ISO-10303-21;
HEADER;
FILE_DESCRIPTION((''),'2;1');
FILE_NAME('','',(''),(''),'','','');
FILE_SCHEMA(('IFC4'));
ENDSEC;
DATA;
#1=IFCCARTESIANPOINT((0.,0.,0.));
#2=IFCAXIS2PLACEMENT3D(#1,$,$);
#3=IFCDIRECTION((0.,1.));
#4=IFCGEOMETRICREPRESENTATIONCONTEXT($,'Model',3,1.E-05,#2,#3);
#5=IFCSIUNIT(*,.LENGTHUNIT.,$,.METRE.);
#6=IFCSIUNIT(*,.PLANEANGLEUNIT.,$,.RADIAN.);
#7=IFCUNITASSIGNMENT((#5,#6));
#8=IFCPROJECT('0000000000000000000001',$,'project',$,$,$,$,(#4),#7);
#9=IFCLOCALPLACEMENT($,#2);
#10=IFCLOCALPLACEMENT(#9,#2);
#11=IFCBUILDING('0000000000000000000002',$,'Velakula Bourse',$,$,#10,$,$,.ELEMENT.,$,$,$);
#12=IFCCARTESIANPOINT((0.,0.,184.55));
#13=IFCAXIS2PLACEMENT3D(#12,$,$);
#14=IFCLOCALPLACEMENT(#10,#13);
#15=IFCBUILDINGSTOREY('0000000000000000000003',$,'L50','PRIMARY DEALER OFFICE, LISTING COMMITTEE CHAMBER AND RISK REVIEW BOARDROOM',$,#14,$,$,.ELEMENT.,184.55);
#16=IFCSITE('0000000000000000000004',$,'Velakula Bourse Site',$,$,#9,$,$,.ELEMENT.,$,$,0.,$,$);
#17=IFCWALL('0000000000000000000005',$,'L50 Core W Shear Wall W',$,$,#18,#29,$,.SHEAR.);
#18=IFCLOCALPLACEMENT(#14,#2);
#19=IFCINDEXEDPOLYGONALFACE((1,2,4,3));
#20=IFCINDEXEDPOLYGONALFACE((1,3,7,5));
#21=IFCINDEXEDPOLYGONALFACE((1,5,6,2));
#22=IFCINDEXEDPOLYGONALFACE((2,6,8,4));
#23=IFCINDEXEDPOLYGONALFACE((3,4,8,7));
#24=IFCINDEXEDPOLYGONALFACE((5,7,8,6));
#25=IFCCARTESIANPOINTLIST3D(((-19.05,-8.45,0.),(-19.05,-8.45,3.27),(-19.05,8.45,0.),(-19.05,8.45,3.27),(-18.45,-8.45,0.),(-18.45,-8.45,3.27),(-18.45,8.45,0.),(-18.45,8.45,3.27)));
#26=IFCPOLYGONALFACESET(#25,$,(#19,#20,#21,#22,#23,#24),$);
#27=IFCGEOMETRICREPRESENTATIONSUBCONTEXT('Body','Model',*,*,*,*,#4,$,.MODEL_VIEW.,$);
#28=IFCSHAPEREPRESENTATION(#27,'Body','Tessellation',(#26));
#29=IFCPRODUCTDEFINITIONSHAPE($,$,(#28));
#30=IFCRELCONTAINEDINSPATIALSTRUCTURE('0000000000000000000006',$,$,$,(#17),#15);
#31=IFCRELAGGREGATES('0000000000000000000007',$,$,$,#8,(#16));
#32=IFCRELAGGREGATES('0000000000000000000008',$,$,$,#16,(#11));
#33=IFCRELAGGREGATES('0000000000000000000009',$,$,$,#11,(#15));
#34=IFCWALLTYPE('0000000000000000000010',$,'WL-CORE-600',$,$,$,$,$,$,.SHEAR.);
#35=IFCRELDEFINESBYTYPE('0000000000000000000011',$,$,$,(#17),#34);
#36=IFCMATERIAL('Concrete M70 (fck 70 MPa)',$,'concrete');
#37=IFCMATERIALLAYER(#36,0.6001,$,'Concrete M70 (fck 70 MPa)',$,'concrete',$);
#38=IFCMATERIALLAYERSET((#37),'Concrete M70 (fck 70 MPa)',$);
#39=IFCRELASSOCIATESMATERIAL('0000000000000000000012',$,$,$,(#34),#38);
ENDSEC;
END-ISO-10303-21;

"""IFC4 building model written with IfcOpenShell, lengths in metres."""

from ifc_helpers import new_model, si_unit, direction, frame, frame_2d, origin, place, context, subcontext, project, spatial, rectangle, extrude, material, layer, layer_set, type_object, element, save


model = new_model("IFC4")

# Units and contexts
model_context = context("Model", 3, precision=1e-05, world=origin(), true_north=direction((0.0, 1.0)))
body_context = subcontext(model_context, "Body", "Model", "MODEL_VIEW")
ifc_project = project(units=[si_unit("LENGTHUNIT", "METRE"), si_unit("PLANEANGLEUNIT", "RADIAN")], contexts=[model_context])

# Site, building, storey
site_placement = place(None, origin())
site = spatial("IfcSite", under=ifc_project, at=site_placement, Name="Velakula Bourse Site", CompositionType="ELEMENT", RefElevation=0.0)
building_placement = place(site_placement, origin())
building = spatial("IfcBuilding", under=site, at=building_placement, Name="Velakula Bourse", CompositionType="ELEMENT")
storey_placement = place(building_placement, frame((0.0, 0.0, 184.55)))
storey = spatial("IfcBuildingStorey", under=building, at=storey_placement, Name="L50", Description="PRIMARY DEALER OFFICE, LISTING COMMITTEE CHAMBER AND RISK REVIEW BOARDROOM", CompositionType="ELEMENT", Elevation=184.55)

# Wall
ifc_material_1 = material(Name="Concrete M70 (fck 70 MPa)", Category="concrete")
ifc_layer = layer(ifc_material_1, 0.6001, Name="Concrete M70 (fck 70 MPa)", Category="concrete")
ifc_layer_set = layer_set([ifc_layer], Name="Concrete M70 (fck 70 MPa)")
wall_type = type_object("IfcWallType", Name="WL-CORE-600", PredefinedType="SHEAR", material=ifc_layer_set)
wall_1_placement = place(storey_placement, frame((-18.75, -8.45, 0.0), z_axis=(0.0, 0.0, 1.0), x_axis=(0.0, 1.0, 0.0)))
element("IfcWall", 1, at=wall_1_placement, inside=storey, type_object=wall_type, Name="L50 Core W Shear Wall W", PredefinedType="SHEAR", context=body_context, shape_type="SweptSolid", body=[
    extrude(rectangle(XDim=16.8999, YDim=0.6001, at=frame_2d((8.45, 0.0))), origin(), (0.0, 0.0, 1.0), 3.27),
])

save(model, "model.ifc")
